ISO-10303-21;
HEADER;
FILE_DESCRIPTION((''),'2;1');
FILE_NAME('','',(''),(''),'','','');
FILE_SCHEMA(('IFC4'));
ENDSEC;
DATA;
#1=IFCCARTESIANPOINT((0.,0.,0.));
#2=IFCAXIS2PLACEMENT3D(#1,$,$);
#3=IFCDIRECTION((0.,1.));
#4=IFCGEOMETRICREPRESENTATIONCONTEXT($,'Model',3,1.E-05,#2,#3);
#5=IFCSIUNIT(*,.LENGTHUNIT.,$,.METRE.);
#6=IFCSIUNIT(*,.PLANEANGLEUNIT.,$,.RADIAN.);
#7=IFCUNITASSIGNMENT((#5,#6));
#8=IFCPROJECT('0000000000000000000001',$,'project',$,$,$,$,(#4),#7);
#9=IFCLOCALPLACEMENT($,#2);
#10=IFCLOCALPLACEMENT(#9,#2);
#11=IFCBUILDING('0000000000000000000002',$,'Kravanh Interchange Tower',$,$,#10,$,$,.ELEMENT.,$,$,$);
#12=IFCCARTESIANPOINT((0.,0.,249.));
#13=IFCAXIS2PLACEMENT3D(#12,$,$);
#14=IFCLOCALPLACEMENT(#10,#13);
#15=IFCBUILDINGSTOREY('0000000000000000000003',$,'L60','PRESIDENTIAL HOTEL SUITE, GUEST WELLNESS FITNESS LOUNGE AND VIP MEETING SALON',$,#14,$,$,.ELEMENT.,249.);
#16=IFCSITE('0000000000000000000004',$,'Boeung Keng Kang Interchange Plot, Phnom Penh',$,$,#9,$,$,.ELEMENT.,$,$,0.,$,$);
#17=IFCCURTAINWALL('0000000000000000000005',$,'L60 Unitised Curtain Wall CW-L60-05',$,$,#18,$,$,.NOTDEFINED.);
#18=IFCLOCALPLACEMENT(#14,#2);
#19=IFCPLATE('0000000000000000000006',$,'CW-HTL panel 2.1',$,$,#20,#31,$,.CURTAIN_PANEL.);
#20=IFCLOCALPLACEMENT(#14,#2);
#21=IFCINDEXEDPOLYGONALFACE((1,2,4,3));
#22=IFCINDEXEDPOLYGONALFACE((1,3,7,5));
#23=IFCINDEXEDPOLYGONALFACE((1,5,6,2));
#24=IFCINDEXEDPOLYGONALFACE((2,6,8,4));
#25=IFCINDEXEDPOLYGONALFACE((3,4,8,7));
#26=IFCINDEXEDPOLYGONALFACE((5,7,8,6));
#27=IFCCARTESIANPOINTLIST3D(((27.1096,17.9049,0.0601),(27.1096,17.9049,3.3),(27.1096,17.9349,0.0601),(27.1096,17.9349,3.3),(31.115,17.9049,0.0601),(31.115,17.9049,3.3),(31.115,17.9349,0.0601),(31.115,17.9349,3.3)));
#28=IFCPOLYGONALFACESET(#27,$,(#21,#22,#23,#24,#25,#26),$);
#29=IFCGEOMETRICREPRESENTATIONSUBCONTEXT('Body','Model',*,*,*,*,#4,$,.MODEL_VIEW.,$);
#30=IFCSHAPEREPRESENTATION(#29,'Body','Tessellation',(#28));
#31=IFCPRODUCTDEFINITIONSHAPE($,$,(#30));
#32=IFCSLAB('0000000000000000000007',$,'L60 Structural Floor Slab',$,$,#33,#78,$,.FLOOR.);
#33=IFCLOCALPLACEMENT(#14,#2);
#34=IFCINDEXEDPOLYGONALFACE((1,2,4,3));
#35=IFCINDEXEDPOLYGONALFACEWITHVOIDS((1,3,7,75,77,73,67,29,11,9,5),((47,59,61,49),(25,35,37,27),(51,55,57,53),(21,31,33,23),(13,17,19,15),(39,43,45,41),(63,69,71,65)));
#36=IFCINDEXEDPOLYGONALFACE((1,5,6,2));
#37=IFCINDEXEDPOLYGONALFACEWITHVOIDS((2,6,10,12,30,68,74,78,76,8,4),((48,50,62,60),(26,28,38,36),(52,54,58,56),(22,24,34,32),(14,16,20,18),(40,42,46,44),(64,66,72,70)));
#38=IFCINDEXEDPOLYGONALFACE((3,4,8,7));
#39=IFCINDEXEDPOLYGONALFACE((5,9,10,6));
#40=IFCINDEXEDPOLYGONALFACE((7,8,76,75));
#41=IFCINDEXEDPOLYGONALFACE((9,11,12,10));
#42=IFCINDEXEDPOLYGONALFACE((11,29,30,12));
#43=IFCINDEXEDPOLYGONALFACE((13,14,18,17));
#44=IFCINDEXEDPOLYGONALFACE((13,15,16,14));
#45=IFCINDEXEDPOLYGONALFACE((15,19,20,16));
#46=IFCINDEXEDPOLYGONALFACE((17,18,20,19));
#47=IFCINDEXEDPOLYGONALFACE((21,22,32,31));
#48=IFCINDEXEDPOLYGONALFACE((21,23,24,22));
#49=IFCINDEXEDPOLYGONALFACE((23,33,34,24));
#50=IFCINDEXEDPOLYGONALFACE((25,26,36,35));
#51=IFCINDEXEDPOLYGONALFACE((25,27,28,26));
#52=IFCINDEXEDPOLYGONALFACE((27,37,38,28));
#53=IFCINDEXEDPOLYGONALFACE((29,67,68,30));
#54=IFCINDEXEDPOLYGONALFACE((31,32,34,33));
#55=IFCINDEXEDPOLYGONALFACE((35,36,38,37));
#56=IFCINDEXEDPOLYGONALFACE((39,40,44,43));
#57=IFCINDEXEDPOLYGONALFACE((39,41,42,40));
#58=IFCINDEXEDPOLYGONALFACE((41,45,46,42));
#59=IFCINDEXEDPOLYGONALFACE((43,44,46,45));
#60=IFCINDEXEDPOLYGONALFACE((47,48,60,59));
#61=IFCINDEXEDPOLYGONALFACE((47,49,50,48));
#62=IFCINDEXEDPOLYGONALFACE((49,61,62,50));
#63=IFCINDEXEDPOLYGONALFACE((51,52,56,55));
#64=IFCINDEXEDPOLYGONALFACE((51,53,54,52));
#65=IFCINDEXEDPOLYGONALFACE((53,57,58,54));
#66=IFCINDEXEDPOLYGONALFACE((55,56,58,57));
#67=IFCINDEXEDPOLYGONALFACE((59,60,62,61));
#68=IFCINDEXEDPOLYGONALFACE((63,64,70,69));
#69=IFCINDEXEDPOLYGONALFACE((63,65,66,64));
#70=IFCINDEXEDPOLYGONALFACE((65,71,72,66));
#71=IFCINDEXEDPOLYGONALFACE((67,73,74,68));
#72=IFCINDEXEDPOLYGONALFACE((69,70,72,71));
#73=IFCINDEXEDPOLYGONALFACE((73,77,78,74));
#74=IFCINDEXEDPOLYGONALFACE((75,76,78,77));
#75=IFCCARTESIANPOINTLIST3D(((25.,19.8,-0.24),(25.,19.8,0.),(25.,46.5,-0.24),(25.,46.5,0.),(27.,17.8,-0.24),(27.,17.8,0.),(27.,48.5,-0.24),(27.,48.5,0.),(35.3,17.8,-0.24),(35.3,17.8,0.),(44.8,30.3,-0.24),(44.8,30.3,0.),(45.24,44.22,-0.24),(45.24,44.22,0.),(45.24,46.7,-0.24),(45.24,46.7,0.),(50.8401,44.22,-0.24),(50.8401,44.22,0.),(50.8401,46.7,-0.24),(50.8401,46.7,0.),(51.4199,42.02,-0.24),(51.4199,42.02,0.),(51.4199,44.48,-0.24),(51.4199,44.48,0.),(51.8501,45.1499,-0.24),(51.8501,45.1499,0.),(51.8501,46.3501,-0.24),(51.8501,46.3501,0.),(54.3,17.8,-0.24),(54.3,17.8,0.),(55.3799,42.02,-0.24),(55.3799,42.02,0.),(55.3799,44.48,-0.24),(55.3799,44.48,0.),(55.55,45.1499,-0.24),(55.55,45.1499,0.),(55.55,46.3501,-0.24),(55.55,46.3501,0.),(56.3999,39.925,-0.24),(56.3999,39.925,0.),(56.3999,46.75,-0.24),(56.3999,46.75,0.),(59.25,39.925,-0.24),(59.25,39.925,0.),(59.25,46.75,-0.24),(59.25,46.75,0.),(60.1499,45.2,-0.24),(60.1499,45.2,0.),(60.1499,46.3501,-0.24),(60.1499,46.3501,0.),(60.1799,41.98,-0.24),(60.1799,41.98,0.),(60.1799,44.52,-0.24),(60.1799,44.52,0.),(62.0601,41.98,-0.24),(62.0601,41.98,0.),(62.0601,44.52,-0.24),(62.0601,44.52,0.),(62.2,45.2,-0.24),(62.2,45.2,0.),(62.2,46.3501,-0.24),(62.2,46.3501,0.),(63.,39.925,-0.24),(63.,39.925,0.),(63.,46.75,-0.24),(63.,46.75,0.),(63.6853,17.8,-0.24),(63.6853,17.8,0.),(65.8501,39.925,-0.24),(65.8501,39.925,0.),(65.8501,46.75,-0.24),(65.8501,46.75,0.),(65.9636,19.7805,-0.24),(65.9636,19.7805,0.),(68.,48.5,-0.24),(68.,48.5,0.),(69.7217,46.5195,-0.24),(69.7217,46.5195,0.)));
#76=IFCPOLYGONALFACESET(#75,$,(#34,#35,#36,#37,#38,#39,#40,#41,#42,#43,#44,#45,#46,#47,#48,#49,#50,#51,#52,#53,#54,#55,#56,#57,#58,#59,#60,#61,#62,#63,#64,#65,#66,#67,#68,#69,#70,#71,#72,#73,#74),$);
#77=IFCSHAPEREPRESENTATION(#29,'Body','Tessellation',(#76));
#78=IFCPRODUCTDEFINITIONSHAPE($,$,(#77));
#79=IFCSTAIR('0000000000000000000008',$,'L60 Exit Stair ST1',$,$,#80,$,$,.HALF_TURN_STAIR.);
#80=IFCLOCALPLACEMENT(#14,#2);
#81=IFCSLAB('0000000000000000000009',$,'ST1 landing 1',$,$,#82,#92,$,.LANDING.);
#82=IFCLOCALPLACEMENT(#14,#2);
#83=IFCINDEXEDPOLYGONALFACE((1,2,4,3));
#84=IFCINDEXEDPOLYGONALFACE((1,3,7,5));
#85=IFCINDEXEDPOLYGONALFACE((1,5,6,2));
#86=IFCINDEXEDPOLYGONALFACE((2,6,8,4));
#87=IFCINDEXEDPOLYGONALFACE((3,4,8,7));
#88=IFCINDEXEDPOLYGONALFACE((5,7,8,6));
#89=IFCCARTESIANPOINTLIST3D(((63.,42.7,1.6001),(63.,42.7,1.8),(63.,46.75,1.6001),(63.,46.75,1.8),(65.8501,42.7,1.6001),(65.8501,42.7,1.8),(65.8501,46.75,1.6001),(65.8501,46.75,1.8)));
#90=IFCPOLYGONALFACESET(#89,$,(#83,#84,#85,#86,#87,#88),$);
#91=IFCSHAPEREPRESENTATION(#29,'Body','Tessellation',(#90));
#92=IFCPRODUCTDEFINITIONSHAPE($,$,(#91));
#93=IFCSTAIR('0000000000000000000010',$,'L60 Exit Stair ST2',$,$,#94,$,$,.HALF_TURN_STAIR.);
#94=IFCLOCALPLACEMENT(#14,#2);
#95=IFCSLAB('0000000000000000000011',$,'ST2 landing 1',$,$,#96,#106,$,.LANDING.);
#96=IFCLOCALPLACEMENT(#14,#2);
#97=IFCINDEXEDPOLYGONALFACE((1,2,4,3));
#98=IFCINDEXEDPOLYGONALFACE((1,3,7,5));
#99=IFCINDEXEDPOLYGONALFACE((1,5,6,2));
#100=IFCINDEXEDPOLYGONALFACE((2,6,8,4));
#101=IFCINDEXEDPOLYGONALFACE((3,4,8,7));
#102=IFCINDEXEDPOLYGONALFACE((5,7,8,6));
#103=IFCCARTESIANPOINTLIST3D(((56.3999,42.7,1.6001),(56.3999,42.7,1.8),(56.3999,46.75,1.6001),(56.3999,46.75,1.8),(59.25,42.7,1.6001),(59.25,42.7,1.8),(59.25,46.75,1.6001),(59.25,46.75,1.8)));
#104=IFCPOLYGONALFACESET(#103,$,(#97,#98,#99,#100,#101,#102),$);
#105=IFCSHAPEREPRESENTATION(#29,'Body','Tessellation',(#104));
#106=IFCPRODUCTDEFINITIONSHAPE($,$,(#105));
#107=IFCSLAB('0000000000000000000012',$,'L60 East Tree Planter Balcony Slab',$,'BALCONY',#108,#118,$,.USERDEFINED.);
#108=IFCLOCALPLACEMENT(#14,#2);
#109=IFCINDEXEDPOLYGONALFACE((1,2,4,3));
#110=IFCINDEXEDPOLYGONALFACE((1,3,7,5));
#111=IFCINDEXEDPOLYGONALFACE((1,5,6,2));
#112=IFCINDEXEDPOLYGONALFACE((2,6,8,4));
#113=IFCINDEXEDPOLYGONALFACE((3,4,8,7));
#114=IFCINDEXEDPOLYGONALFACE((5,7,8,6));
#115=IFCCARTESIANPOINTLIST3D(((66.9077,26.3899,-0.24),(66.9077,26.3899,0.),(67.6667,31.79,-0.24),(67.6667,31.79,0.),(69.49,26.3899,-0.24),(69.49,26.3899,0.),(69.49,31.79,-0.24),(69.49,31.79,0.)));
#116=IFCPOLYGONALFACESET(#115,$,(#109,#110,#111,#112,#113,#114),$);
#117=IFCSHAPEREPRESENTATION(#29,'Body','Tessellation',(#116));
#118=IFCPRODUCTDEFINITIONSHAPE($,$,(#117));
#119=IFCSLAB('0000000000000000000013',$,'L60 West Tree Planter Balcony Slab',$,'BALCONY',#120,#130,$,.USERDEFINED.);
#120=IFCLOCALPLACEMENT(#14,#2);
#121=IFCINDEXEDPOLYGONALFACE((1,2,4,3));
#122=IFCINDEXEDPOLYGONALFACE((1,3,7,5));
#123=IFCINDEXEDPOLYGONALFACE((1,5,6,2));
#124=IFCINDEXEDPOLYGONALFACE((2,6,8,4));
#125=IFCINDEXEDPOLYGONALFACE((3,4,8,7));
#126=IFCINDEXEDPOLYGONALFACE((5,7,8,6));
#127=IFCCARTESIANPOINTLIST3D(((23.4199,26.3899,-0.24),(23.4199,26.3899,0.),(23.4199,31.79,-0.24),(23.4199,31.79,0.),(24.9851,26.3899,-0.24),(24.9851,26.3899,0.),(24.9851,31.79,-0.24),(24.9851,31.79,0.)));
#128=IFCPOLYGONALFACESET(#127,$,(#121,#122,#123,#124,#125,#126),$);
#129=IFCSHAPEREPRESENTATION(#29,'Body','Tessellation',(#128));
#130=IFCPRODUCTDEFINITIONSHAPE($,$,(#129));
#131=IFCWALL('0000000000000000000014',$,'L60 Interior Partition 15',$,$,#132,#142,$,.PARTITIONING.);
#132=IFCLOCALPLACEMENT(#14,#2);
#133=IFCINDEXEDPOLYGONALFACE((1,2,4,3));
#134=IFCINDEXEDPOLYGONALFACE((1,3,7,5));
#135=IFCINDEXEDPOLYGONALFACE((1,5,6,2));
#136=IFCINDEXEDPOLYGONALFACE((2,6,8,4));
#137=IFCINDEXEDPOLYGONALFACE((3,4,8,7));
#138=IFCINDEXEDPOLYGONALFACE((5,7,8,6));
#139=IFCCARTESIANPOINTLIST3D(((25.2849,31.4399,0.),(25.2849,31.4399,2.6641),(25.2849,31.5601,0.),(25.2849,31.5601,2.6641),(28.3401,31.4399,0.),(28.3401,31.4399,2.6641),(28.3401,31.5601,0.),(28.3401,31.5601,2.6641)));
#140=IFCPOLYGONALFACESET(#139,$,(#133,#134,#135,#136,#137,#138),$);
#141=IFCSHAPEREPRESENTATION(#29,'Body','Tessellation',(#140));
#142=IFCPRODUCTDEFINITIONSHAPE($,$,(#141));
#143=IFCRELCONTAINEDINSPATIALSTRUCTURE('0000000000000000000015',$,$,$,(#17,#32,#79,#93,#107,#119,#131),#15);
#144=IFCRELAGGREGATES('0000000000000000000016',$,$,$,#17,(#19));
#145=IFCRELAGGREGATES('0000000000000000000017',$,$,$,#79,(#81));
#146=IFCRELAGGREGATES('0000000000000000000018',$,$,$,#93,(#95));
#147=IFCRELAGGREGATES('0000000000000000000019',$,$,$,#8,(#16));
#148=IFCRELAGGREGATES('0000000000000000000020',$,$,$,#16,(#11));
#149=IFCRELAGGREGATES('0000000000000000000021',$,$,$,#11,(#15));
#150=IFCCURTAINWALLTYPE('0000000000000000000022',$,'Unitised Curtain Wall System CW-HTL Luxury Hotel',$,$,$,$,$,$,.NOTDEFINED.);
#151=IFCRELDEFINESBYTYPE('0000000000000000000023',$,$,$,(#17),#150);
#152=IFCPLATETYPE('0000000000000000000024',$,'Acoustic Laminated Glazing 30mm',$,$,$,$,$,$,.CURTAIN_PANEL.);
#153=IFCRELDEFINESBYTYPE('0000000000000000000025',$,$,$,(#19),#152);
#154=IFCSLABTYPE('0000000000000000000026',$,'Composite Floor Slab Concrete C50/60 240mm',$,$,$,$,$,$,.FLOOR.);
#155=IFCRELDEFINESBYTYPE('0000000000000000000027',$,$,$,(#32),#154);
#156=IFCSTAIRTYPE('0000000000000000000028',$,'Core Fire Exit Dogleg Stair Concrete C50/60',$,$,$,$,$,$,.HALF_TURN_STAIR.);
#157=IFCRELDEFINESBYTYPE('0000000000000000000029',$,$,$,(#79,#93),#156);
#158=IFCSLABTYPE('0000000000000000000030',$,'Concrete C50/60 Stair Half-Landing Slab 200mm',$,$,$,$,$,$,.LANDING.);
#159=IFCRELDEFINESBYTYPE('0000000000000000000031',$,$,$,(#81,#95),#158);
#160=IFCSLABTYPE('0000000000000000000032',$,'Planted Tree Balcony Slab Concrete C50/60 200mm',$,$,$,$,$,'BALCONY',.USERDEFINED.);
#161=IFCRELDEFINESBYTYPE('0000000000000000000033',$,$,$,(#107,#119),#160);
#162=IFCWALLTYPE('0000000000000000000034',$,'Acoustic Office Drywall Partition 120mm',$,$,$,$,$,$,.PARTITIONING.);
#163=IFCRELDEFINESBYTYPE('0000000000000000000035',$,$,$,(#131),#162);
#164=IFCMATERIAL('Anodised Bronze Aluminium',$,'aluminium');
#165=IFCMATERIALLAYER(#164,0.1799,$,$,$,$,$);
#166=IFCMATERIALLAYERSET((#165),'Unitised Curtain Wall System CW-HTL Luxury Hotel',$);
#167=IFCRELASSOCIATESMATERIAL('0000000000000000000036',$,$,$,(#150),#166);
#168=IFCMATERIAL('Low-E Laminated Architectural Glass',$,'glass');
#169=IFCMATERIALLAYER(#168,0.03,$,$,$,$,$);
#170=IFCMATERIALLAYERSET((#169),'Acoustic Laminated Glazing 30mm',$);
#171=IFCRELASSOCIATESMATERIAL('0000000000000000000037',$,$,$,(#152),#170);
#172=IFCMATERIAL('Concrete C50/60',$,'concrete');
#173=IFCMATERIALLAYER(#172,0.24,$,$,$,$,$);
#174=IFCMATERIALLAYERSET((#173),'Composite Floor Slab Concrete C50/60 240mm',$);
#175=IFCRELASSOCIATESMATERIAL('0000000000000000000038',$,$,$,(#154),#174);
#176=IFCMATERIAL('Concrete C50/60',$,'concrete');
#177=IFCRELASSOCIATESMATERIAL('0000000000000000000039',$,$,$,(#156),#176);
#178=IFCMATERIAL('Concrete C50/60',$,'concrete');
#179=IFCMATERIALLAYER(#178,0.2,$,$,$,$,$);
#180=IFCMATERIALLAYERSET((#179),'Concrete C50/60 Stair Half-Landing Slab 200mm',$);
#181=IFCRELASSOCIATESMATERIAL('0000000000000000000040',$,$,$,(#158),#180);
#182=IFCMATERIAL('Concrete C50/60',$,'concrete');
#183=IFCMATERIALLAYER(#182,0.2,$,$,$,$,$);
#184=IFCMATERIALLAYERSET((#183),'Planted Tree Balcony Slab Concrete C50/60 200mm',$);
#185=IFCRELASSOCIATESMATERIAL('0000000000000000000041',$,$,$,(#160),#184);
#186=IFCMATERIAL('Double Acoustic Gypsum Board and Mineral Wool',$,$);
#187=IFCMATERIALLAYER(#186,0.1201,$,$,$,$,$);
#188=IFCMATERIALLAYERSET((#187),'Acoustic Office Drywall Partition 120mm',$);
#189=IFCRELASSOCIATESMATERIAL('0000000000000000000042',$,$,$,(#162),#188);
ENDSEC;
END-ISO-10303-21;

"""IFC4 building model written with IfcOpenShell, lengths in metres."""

from ifc_helpers import new_model, si_unit, direction, frame, frame_2d, origin, origin_2d, place, context, subcontext, project, spatial, polyline, rectangle, outline, extrude, material, layer, layer_set, type_object, element, aggregate, save


model = new_model("IFC4")

# Units and contexts
model_context = context("Model", 3, precision=1e-05, world=origin(), true_north=direction((0.0, 1.0)))
body_context = subcontext(model_context, "Body", "Model", "MODEL_VIEW")
ifc_project = project(units=[si_unit("LENGTHUNIT", "METRE"), si_unit("PLANEANGLEUNIT", "RADIAN")], contexts=[model_context])

# Site, building, storey
site_placement = place(None, origin())
site = spatial("IfcSite", under=ifc_project, at=site_placement, Name="Boeung Keng Kang Interchange Plot, Phnom Penh", CompositionType="ELEMENT", RefElevation=0.0)
building_placement = place(site_placement, origin())
building = spatial("IfcBuilding", under=site, at=building_placement, Name="Kravanh Interchange Tower", CompositionType="ELEMENT")
storey_placement = place(building_placement, frame((0.0, 0.0, 249.0)))
storey = spatial("IfcBuildingStorey", under=building, at=storey_placement, Name="L60", Description="PRESIDENTIAL HOTEL SUITE, GUEST WELLNESS FITNESS LOUNGE AND VIP MEETING SALON", CompositionType="ELEMENT", Elevation=249.0)

# Curtain wall
ifc_material_1 = material(Name="Anodised Bronze Aluminium", Category="aluminium")
ifc_layer_1 = layer(ifc_material_1, 0.1799)
ifc_layer_set_1 = layer_set([ifc_layer_1], Name="Unitised Curtain Wall System CW-HTL Luxury Hotel")
curtain_wall_type = type_object("IfcCurtainWallType", Name="Unitised Curtain Wall System CW-HTL Luxury Hotel", PredefinedType="NOTDEFINED", material=ifc_layer_set_1)
curtain_wall_placement = place(storey_placement, origin())
curtain_wall = element("IfcCurtainWall", 1, at=curtain_wall_placement, inside=storey, type_object=curtain_wall_type, Name="L60 Unitised Curtain Wall CW-L60-05", PredefinedType="NOTDEFINED")

# Plate
ifc_material_2 = material(Name="Low-E Laminated Architectural Glass", Category="glass")
ifc_layer_2 = layer(ifc_material_2, 0.03)
ifc_layer_set_2 = layer_set([ifc_layer_2], Name="Acoustic Laminated Glazing 30mm")
plate_type = type_object("IfcPlateType", Name="Acoustic Laminated Glazing 30mm", PredefinedType="CURTAIN_PANEL", material=ifc_layer_set_2)
plate_placement = place(storey_placement, frame((29.1123, 17.9199, 0.0601), z_axis=(0.0, 0.0, 1.0), x_axis=(-1.0, 0.0, 0.0)))
plate = element("IfcPlate", 2, at=plate_placement, type_object=plate_type, Name="CW-HTL panel 2.1", PredefinedType="CURTAIN_PANEL", context=body_context, shape_type="SweptSolid", body=[
    extrude(rectangle(XDim=4.0054, YDim=0.03, at=origin_2d()), origin(), (0.0, 0.0, 1.0), 3.24),
])
aggregate(curtain_wall, [plate])

# Slab
ifc_material_3 = material(Name="Concrete C50/60", Category="concrete")
ifc_layer_3 = layer(ifc_material_3, 0.24)
ifc_layer_set_3 = layer_set([ifc_layer_3], Name="Composite Floor Slab Concrete C50/60 240mm")
slab_type_1 = type_object("IfcSlabType", Name="Composite Floor Slab Concrete C50/60 240mm", PredefinedType="FLOOR", material=ifc_layer_set_3)
slab_1_placement = place(storey_placement, frame((0.0, 0.0, -0.24)))
element("IfcSlab", 3, at=slab_1_placement, inside=storey, type_object=slab_type_1, Name="L60 Structural Floor Slab", PredefinedType="FLOOR", context=body_context, shape_type="SweptSolid", body=[
    extrude(outline(polyline([(25.0, 19.8), (27.0, 17.8), (35.3, 17.8), (44.8, 30.3), (54.3, 17.8), (63.6853, 17.8), (65.9636, 19.7805), (69.7217, 46.5195), (68.0, 48.5), (27.0, 48.5), (25.0, 46.5), (25.0, 19.8)]), holes=[polyline([(65.8501, 39.925), (65.8501, 46.75), (63.0, 46.75), (63.0, 39.925), (65.8501, 39.925)]), polyline([(59.25, 39.925), (59.25, 46.75), (56.3999, 46.75), (56.3999, 39.925), (59.25, 39.925)]), polyline([(45.24, 44.22), (50.8401, 44.22), (50.8401, 46.7), (45.24, 46.7), (45.24, 44.22)]), polyline([(51.4199, 42.02), (55.3799, 42.02), (55.3799, 44.48), (51.4199, 44.48), (51.4199, 42.02)]), polyline([(60.1799, 41.98), (62.0601, 41.98), (62.0601, 44.52), (60.1799, 44.52), (60.1799, 41.98)]), polyline([(60.1499, 45.2), (62.2, 45.2), (62.2, 46.3501), (60.1499, 46.3501), (60.1499, 45.2)]), polyline([(51.8501, 45.1499), (55.55, 45.1499), (55.55, 46.3501), (51.8501, 46.3501), (51.8501, 45.1499)])]), origin(), (0.0, 0.0, 1.0), 0.24),
])

# Stairs, slabs
ifc_material_4 = material(Name="Concrete C50/60", Category="concrete")
stair_type = type_object("IfcStairType", Name="Core Fire Exit Dogleg Stair Concrete C50/60", PredefinedType="HALF_TURN_STAIR", material=ifc_material_4)
stair_1_placement = place(storey_placement, origin())
stair_1 = element("IfcStair", 4, at=stair_1_placement, inside=storey, type_object=stair_type, Name="L60 Exit Stair ST1", PredefinedType="HALF_TURN_STAIR")
ifc_material_5 = material(Name="Concrete C50/60", Category="concrete")
ifc_layer_4 = layer(ifc_material_5, 0.2)
ifc_layer_set_4 = layer_set([ifc_layer_4], Name="Concrete C50/60 Stair Half-Landing Slab 200mm")
slab_type_2 = type_object("IfcSlabType", Name="Concrete C50/60 Stair Half-Landing Slab 200mm", PredefinedType="LANDING", material=ifc_layer_set_4)
slab_2_placement = place(storey_placement, frame((0.0, 0.0, 1.6001)))
slab_2 = element("IfcSlab", 5, at=slab_2_placement, type_object=slab_type_2, Name="ST1 landing 1", PredefinedType="LANDING", context=body_context, shape_type="SweptSolid", body=[
    extrude(outline(polyline([(65.8501, 42.7), (65.8501, 46.75), (63.0, 46.75), (63.0, 42.7), (65.8501, 42.7)])), origin(), (0.0, 0.0, 1.0), 0.2),
])
aggregate(stair_1, [slab_2])
stair_2_placement = place(storey_placement, origin())
stair_2 = element("IfcStair", 6, at=stair_2_placement, inside=storey, type_object=stair_type, Name="L60 Exit Stair ST2", PredefinedType="HALF_TURN_STAIR")
slab_3_placement = place(storey_placement, frame((0.0, 0.0, 1.6001)))
slab_3 = element("IfcSlab", 7, at=slab_3_placement, type_object=slab_type_2, Name="ST2 landing 1", PredefinedType="LANDING", context=body_context, shape_type="SweptSolid", body=[
    extrude(outline(polyline([(59.25, 42.7), (59.25, 46.75), (56.3999, 46.75), (56.3999, 42.7), (59.25, 42.7)])), origin(), (0.0, 0.0, 1.0), 0.2),
])
aggregate(stair_2, [slab_3])

# Slabs
ifc_material_6 = material(Name="Concrete C50/60", Category="concrete")
ifc_layer_5 = layer(ifc_material_6, 0.2)
ifc_layer_set_5 = layer_set([ifc_layer_5], Name="Planted Tree Balcony Slab Concrete C50/60 200mm")
slab_type_3 = type_object("IfcSlabType", Name="Planted Tree Balcony Slab Concrete C50/60 200mm", ElementType="BALCONY", PredefinedType="USERDEFINED", material=ifc_layer_set_5)
slab_4_placement = place(storey_placement, frame((0.0, 0.0, -0.24)))
element("IfcSlab", 8, at=slab_4_placement, inside=storey, type_object=slab_type_3, Name="L60 East Tree Planter Balcony Slab", ObjectType="BALCONY", PredefinedType="USERDEFINED", context=body_context, shape_type="SweptSolid", body=[
    extrude(outline(polyline([(69.49, 31.79), (69.49, 26.3899), (66.9077, 26.3899), (67.6667, 31.79), (69.49, 31.79)])), origin(), (0.0, 0.0, 1.0), 0.24),
])
slab_5_placement = place(storey_placement, frame((0.0, 0.0, -0.24)))
element("IfcSlab", 9, at=slab_5_placement, inside=storey, type_object=slab_type_3, Name="L60 West Tree Planter Balcony Slab", ObjectType="BALCONY", PredefinedType="USERDEFINED", context=body_context, shape_type="SweptSolid", body=[
    extrude(outline(polyline([(23.4199, 26.3899), (23.4199, 31.79), (24.9851, 31.79), (24.9851, 26.3899), (23.4199, 26.3899)])), origin(), (0.0, 0.0, 1.0), 0.24),
])

# Wall
ifc_material_7 = material(Name="Double Acoustic Gypsum Board and Mineral Wool")
ifc_layer_6 = layer(ifc_material_7, 0.1201)
ifc_layer_set_6 = layer_set([ifc_layer_6], Name="Acoustic Office Drywall Partition 120mm")
wall_type_1 = type_object("IfcWallType", Name="Acoustic Office Drywall Partition 120mm", PredefinedType="PARTITIONING", material=ifc_layer_set_6)
wall_1_placement = place(storey_placement, frame((25.2849, 31.5, 0.0), z_axis=(0.0, 0.0, 1.0), x_axis=(1.0, 0.0, 0.0)))
element("IfcWall", 10, at=wall_1_placement, inside=storey, type_object=wall_type_1, Name="L60 Interior Partition 15", PredefinedType="PARTITIONING", context=body_context, shape_type="SweptSolid", body=[
    extrude(rectangle(XDim=3.0552, YDim=0.1201, at=frame_2d((1.5276, 0.0))), origin(), (0.0, 0.0, 1.0), 2.6641),
])

save(model, "model.ifc")
